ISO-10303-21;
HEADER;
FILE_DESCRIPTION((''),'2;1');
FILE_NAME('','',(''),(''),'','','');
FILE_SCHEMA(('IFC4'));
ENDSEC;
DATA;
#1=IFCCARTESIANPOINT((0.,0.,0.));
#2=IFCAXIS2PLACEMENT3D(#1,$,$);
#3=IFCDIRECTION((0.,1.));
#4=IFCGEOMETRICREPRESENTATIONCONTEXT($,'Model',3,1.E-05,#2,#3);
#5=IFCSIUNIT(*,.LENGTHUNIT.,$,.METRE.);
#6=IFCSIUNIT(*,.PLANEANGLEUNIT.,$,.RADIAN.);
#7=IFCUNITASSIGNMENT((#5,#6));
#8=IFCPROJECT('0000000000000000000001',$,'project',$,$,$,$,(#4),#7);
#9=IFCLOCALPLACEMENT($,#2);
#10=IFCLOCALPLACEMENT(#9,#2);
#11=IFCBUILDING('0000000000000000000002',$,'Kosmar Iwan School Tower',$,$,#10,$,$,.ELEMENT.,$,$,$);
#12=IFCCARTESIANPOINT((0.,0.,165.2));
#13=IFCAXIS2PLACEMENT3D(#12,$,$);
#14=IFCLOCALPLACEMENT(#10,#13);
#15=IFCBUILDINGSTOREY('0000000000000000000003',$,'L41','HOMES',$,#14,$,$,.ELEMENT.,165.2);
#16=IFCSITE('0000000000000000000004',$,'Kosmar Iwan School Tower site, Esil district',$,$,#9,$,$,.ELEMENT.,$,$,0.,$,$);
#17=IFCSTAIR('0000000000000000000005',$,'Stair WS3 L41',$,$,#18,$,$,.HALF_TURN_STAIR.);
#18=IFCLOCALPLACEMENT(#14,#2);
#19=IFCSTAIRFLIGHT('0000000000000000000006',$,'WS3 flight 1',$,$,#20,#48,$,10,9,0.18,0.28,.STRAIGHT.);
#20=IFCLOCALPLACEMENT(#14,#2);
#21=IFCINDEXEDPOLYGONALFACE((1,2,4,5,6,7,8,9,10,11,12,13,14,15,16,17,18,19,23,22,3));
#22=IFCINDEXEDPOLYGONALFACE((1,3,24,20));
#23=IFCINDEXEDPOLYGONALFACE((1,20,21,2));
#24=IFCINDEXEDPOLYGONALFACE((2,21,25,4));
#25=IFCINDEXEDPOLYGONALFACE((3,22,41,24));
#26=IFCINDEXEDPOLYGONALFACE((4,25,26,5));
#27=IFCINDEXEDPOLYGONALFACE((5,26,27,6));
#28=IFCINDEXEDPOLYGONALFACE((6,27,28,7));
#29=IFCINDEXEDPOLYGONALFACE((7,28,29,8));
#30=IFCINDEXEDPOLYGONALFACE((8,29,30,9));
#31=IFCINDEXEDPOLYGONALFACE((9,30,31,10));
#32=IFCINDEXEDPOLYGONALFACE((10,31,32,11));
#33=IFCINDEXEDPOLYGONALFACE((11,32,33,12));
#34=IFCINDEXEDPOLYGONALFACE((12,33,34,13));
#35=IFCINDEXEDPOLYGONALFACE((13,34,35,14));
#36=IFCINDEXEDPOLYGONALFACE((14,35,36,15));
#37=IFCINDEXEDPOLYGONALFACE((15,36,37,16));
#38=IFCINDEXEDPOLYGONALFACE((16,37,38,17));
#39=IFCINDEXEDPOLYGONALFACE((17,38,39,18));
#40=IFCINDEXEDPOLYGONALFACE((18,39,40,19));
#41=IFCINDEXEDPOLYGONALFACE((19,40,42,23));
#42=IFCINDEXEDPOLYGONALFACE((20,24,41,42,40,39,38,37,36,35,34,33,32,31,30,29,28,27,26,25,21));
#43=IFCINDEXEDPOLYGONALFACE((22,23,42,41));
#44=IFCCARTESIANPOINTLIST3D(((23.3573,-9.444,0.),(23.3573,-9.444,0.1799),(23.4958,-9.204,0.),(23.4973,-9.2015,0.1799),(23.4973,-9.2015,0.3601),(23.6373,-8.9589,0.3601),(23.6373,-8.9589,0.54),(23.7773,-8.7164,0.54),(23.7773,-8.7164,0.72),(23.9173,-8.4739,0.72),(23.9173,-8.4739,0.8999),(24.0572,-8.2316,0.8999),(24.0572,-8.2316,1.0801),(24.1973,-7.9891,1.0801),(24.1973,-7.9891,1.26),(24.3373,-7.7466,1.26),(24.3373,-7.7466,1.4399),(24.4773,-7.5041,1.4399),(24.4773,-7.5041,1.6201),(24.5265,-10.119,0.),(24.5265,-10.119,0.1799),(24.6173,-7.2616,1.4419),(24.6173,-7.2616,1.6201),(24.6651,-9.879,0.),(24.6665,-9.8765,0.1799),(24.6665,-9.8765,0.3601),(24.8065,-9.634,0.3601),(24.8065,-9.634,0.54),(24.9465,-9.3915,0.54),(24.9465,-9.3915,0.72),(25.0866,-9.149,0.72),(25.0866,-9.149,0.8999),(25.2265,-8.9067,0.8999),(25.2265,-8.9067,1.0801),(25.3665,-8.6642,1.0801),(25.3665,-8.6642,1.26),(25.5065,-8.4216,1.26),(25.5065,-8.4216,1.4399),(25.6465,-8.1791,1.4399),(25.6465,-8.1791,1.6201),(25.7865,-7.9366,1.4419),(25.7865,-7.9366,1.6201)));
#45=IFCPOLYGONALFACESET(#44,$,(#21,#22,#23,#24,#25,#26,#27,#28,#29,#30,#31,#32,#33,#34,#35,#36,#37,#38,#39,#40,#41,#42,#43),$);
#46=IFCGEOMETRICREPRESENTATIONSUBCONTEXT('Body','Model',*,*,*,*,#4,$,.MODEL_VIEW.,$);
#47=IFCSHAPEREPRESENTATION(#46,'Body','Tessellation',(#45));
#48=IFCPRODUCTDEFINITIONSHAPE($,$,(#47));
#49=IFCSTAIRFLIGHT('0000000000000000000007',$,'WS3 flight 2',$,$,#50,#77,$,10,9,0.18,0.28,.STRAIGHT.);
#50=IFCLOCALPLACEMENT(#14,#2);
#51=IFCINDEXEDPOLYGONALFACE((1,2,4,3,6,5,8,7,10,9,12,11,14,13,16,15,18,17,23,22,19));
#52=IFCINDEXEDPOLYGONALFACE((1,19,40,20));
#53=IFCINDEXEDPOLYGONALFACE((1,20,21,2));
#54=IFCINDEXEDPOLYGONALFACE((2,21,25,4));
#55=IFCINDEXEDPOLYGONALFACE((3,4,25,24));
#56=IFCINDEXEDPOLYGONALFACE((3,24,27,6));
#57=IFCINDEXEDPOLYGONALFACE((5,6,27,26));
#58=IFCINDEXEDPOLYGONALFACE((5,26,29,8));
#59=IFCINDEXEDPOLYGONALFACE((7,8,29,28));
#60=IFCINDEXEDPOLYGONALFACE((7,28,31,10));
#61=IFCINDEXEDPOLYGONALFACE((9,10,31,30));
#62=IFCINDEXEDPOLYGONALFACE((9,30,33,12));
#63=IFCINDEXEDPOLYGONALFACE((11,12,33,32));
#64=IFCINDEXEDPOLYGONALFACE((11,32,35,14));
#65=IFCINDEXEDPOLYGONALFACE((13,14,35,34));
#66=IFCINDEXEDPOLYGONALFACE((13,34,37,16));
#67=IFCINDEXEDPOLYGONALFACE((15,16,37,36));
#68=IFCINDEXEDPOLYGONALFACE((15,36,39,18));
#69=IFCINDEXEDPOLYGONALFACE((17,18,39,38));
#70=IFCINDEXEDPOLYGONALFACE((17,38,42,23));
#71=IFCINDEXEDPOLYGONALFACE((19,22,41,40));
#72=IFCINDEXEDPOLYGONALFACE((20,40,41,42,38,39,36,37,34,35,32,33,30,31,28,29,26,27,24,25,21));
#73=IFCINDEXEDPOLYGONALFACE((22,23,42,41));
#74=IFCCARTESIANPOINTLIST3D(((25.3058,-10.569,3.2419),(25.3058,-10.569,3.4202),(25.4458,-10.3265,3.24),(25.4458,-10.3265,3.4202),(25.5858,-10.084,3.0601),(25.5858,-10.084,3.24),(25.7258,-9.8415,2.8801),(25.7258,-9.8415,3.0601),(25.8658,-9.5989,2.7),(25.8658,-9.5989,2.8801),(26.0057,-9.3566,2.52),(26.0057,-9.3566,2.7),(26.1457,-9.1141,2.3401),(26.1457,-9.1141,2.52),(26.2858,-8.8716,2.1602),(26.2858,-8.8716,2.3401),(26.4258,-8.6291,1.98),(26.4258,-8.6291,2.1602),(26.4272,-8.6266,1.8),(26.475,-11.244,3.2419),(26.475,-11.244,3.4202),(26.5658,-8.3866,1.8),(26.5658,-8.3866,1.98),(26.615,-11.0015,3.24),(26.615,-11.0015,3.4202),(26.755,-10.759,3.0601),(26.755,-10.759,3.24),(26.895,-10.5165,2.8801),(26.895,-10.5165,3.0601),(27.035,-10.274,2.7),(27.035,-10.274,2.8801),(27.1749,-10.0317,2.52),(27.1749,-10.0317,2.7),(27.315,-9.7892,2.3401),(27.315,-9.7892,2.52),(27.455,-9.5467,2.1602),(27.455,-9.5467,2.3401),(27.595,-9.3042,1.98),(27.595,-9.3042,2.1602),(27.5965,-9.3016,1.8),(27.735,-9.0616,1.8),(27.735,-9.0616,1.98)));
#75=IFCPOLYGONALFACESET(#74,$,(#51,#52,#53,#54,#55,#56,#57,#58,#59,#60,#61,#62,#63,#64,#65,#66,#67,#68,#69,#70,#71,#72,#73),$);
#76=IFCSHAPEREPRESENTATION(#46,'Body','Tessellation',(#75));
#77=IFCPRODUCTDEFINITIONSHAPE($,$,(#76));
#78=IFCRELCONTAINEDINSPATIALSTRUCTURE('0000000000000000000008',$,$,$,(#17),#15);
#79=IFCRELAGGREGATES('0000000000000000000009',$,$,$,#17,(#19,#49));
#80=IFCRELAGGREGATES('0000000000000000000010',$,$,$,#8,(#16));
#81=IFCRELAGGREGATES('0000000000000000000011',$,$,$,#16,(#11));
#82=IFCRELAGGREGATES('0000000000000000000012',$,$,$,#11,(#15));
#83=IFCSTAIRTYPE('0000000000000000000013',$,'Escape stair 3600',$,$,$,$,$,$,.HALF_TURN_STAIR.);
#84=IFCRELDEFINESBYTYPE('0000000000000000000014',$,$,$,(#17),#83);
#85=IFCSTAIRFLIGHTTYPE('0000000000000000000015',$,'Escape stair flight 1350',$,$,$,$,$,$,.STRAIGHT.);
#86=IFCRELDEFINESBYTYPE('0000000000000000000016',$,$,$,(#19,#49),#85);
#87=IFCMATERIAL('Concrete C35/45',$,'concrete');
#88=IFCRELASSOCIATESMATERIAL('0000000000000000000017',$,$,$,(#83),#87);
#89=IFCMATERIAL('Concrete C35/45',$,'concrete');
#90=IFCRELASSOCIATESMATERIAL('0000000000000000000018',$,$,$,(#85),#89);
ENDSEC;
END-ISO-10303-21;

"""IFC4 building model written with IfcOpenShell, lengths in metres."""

from ifc_helpers import new_model, si_unit, direction, frame, origin, place, context, subcontext, project, spatial, polyline, outline, extrude, material, type_object, element, aggregate, save


model = new_model("IFC4")

# Units and contexts
model_context = context("Model", 3, precision=1e-05, world=origin(), true_north=direction((0.0, 1.0)))
body_context = subcontext(model_context, "Body", "Model", "MODEL_VIEW")
ifc_project = project(units=[si_unit("LENGTHUNIT", "METRE"), si_unit("PLANEANGLEUNIT", "RADIAN")], contexts=[model_context])

# Site, building, storey
site_placement = place(None, origin())
site = spatial("IfcSite", under=ifc_project, at=site_placement, Name="Kosmar Iwan School Tower site, Esil district", CompositionType="ELEMENT", RefElevation=0.0)
building_placement = place(site_placement, origin())
building = spatial("IfcBuilding", under=site, at=building_placement, Name="Kosmar Iwan School Tower", CompositionType="ELEMENT")
storey_placement = place(building_placement, frame((0.0, 0.0, 165.2)))
storey = spatial("IfcBuildingStorey", under=building, at=storey_placement, Name="L41", Description="HOMES", CompositionType="ELEMENT", Elevation=165.2)

# Stair, stair flights
ifc_material_1 = material(Name="Concrete C35/45", Category="concrete")
stair_type = type_object("IfcStairType", Name="Escape stair 3600", PredefinedType="HALF_TURN_STAIR", material=ifc_material_1)
stair_placement = place(storey_placement, origin())
stair = element("IfcStair", 1, at=stair_placement, inside=storey, type_object=stair_type, Name="Stair WS3 L41", PredefinedType="HALF_TURN_STAIR")
ifc_material_2 = material(Name="Concrete C35/45", Category="concrete")
stair_flight_type = type_object("IfcStairFlightType", Name="Escape stair flight 1350", PredefinedType="STRAIGHT", material=ifc_material_2)
stair_flight_1_placement = place(storey_placement, frame((23.9419, -9.7815, 0.0), z_axis=(0.0, 0.0, 1.0), x_axis=(0.5, 0.866025, 0.0)))
stair_flight_1 = element("IfcStairFlight", 2, at=stair_flight_1_placement, type_object=stair_flight_type, Name="WS3 flight 1", NumberOfRisers=10, NumberOfTreads=9, PredefinedType="STRAIGHT", RiserHeight=0.18, TreadLength=0.28, context=body_context, shape_type="SweptSolid", body=[
    extrude(outline(polyline([(0.0, 0.0), (0.0, 0.1799), (0.28, 0.1799), (0.28, 0.3601), (0.5601, 0.3601), (0.5601, 0.54), (0.8401, 0.54), (0.8401, 0.72), (1.1201, 0.72), (1.1201, 0.8999), (1.3999, 0.8999), (1.3999, 1.0801), (1.6799, 1.0801), (1.6799, 1.26), (1.96, 1.26), (1.96, 1.4399), (2.24, 1.4399), (2.24, 1.6201), (2.52, 1.6201), (2.52, 1.8), (2.52, 1.4419), (0.2771, 0.0), (0.0, 0.0)])), frame((0.0, 0.675, 0.0), z_axis=(0.0, -1.0, 0.0), x_axis=(1.0, 0.0, 0.0)), (0.0, 0.0, 1.0), 1.3501),
])
stair_flight_2_placement = place(storey_placement, frame((27.1504, -8.7241, 1.8), z_axis=(0.0, 0.0, 1.0), x_axis=(-0.5, -0.866025, 0.0)))
stair_flight_2 = element("IfcStairFlight", 3, at=stair_flight_2_placement, type_object=stair_flight_type, Name="WS3 flight 2", NumberOfRisers=10, NumberOfTreads=9, PredefinedType="STRAIGHT", RiserHeight=0.18, TreadLength=0.28, context=body_context, shape_type="SweptSolid", body=[
    extrude(outline(polyline([(0.0, 0.0), (0.0, 0.1799), (0.28, 0.1799), (0.28, 0.3601), (0.5601, 0.3601), (0.5601, 0.54), (0.8401, 0.54), (0.8401, 0.72), (1.1201, 0.72), (1.1201, 0.8999), (1.3999, 0.8999), (1.3999, 1.0801), (1.6799, 1.0801), (1.6799, 1.26), (1.96, 1.26), (1.96, 1.4399), (2.24, 1.4399), (2.24, 1.6201), (2.52, 1.6201), (2.52, 1.8), (2.52, 1.4419), (0.2771, 0.0), (0.0, 0.0)])), frame((0.0, 0.675, 0.0), z_axis=(0.0, -1.0, 0.0), x_axis=(1.0, 0.0, 0.0)), (0.0, 0.0, 1.0), 1.3501),
])
aggregate(stair, [stair_flight_1, stair_flight_2])

save(model, "model.ifc")
